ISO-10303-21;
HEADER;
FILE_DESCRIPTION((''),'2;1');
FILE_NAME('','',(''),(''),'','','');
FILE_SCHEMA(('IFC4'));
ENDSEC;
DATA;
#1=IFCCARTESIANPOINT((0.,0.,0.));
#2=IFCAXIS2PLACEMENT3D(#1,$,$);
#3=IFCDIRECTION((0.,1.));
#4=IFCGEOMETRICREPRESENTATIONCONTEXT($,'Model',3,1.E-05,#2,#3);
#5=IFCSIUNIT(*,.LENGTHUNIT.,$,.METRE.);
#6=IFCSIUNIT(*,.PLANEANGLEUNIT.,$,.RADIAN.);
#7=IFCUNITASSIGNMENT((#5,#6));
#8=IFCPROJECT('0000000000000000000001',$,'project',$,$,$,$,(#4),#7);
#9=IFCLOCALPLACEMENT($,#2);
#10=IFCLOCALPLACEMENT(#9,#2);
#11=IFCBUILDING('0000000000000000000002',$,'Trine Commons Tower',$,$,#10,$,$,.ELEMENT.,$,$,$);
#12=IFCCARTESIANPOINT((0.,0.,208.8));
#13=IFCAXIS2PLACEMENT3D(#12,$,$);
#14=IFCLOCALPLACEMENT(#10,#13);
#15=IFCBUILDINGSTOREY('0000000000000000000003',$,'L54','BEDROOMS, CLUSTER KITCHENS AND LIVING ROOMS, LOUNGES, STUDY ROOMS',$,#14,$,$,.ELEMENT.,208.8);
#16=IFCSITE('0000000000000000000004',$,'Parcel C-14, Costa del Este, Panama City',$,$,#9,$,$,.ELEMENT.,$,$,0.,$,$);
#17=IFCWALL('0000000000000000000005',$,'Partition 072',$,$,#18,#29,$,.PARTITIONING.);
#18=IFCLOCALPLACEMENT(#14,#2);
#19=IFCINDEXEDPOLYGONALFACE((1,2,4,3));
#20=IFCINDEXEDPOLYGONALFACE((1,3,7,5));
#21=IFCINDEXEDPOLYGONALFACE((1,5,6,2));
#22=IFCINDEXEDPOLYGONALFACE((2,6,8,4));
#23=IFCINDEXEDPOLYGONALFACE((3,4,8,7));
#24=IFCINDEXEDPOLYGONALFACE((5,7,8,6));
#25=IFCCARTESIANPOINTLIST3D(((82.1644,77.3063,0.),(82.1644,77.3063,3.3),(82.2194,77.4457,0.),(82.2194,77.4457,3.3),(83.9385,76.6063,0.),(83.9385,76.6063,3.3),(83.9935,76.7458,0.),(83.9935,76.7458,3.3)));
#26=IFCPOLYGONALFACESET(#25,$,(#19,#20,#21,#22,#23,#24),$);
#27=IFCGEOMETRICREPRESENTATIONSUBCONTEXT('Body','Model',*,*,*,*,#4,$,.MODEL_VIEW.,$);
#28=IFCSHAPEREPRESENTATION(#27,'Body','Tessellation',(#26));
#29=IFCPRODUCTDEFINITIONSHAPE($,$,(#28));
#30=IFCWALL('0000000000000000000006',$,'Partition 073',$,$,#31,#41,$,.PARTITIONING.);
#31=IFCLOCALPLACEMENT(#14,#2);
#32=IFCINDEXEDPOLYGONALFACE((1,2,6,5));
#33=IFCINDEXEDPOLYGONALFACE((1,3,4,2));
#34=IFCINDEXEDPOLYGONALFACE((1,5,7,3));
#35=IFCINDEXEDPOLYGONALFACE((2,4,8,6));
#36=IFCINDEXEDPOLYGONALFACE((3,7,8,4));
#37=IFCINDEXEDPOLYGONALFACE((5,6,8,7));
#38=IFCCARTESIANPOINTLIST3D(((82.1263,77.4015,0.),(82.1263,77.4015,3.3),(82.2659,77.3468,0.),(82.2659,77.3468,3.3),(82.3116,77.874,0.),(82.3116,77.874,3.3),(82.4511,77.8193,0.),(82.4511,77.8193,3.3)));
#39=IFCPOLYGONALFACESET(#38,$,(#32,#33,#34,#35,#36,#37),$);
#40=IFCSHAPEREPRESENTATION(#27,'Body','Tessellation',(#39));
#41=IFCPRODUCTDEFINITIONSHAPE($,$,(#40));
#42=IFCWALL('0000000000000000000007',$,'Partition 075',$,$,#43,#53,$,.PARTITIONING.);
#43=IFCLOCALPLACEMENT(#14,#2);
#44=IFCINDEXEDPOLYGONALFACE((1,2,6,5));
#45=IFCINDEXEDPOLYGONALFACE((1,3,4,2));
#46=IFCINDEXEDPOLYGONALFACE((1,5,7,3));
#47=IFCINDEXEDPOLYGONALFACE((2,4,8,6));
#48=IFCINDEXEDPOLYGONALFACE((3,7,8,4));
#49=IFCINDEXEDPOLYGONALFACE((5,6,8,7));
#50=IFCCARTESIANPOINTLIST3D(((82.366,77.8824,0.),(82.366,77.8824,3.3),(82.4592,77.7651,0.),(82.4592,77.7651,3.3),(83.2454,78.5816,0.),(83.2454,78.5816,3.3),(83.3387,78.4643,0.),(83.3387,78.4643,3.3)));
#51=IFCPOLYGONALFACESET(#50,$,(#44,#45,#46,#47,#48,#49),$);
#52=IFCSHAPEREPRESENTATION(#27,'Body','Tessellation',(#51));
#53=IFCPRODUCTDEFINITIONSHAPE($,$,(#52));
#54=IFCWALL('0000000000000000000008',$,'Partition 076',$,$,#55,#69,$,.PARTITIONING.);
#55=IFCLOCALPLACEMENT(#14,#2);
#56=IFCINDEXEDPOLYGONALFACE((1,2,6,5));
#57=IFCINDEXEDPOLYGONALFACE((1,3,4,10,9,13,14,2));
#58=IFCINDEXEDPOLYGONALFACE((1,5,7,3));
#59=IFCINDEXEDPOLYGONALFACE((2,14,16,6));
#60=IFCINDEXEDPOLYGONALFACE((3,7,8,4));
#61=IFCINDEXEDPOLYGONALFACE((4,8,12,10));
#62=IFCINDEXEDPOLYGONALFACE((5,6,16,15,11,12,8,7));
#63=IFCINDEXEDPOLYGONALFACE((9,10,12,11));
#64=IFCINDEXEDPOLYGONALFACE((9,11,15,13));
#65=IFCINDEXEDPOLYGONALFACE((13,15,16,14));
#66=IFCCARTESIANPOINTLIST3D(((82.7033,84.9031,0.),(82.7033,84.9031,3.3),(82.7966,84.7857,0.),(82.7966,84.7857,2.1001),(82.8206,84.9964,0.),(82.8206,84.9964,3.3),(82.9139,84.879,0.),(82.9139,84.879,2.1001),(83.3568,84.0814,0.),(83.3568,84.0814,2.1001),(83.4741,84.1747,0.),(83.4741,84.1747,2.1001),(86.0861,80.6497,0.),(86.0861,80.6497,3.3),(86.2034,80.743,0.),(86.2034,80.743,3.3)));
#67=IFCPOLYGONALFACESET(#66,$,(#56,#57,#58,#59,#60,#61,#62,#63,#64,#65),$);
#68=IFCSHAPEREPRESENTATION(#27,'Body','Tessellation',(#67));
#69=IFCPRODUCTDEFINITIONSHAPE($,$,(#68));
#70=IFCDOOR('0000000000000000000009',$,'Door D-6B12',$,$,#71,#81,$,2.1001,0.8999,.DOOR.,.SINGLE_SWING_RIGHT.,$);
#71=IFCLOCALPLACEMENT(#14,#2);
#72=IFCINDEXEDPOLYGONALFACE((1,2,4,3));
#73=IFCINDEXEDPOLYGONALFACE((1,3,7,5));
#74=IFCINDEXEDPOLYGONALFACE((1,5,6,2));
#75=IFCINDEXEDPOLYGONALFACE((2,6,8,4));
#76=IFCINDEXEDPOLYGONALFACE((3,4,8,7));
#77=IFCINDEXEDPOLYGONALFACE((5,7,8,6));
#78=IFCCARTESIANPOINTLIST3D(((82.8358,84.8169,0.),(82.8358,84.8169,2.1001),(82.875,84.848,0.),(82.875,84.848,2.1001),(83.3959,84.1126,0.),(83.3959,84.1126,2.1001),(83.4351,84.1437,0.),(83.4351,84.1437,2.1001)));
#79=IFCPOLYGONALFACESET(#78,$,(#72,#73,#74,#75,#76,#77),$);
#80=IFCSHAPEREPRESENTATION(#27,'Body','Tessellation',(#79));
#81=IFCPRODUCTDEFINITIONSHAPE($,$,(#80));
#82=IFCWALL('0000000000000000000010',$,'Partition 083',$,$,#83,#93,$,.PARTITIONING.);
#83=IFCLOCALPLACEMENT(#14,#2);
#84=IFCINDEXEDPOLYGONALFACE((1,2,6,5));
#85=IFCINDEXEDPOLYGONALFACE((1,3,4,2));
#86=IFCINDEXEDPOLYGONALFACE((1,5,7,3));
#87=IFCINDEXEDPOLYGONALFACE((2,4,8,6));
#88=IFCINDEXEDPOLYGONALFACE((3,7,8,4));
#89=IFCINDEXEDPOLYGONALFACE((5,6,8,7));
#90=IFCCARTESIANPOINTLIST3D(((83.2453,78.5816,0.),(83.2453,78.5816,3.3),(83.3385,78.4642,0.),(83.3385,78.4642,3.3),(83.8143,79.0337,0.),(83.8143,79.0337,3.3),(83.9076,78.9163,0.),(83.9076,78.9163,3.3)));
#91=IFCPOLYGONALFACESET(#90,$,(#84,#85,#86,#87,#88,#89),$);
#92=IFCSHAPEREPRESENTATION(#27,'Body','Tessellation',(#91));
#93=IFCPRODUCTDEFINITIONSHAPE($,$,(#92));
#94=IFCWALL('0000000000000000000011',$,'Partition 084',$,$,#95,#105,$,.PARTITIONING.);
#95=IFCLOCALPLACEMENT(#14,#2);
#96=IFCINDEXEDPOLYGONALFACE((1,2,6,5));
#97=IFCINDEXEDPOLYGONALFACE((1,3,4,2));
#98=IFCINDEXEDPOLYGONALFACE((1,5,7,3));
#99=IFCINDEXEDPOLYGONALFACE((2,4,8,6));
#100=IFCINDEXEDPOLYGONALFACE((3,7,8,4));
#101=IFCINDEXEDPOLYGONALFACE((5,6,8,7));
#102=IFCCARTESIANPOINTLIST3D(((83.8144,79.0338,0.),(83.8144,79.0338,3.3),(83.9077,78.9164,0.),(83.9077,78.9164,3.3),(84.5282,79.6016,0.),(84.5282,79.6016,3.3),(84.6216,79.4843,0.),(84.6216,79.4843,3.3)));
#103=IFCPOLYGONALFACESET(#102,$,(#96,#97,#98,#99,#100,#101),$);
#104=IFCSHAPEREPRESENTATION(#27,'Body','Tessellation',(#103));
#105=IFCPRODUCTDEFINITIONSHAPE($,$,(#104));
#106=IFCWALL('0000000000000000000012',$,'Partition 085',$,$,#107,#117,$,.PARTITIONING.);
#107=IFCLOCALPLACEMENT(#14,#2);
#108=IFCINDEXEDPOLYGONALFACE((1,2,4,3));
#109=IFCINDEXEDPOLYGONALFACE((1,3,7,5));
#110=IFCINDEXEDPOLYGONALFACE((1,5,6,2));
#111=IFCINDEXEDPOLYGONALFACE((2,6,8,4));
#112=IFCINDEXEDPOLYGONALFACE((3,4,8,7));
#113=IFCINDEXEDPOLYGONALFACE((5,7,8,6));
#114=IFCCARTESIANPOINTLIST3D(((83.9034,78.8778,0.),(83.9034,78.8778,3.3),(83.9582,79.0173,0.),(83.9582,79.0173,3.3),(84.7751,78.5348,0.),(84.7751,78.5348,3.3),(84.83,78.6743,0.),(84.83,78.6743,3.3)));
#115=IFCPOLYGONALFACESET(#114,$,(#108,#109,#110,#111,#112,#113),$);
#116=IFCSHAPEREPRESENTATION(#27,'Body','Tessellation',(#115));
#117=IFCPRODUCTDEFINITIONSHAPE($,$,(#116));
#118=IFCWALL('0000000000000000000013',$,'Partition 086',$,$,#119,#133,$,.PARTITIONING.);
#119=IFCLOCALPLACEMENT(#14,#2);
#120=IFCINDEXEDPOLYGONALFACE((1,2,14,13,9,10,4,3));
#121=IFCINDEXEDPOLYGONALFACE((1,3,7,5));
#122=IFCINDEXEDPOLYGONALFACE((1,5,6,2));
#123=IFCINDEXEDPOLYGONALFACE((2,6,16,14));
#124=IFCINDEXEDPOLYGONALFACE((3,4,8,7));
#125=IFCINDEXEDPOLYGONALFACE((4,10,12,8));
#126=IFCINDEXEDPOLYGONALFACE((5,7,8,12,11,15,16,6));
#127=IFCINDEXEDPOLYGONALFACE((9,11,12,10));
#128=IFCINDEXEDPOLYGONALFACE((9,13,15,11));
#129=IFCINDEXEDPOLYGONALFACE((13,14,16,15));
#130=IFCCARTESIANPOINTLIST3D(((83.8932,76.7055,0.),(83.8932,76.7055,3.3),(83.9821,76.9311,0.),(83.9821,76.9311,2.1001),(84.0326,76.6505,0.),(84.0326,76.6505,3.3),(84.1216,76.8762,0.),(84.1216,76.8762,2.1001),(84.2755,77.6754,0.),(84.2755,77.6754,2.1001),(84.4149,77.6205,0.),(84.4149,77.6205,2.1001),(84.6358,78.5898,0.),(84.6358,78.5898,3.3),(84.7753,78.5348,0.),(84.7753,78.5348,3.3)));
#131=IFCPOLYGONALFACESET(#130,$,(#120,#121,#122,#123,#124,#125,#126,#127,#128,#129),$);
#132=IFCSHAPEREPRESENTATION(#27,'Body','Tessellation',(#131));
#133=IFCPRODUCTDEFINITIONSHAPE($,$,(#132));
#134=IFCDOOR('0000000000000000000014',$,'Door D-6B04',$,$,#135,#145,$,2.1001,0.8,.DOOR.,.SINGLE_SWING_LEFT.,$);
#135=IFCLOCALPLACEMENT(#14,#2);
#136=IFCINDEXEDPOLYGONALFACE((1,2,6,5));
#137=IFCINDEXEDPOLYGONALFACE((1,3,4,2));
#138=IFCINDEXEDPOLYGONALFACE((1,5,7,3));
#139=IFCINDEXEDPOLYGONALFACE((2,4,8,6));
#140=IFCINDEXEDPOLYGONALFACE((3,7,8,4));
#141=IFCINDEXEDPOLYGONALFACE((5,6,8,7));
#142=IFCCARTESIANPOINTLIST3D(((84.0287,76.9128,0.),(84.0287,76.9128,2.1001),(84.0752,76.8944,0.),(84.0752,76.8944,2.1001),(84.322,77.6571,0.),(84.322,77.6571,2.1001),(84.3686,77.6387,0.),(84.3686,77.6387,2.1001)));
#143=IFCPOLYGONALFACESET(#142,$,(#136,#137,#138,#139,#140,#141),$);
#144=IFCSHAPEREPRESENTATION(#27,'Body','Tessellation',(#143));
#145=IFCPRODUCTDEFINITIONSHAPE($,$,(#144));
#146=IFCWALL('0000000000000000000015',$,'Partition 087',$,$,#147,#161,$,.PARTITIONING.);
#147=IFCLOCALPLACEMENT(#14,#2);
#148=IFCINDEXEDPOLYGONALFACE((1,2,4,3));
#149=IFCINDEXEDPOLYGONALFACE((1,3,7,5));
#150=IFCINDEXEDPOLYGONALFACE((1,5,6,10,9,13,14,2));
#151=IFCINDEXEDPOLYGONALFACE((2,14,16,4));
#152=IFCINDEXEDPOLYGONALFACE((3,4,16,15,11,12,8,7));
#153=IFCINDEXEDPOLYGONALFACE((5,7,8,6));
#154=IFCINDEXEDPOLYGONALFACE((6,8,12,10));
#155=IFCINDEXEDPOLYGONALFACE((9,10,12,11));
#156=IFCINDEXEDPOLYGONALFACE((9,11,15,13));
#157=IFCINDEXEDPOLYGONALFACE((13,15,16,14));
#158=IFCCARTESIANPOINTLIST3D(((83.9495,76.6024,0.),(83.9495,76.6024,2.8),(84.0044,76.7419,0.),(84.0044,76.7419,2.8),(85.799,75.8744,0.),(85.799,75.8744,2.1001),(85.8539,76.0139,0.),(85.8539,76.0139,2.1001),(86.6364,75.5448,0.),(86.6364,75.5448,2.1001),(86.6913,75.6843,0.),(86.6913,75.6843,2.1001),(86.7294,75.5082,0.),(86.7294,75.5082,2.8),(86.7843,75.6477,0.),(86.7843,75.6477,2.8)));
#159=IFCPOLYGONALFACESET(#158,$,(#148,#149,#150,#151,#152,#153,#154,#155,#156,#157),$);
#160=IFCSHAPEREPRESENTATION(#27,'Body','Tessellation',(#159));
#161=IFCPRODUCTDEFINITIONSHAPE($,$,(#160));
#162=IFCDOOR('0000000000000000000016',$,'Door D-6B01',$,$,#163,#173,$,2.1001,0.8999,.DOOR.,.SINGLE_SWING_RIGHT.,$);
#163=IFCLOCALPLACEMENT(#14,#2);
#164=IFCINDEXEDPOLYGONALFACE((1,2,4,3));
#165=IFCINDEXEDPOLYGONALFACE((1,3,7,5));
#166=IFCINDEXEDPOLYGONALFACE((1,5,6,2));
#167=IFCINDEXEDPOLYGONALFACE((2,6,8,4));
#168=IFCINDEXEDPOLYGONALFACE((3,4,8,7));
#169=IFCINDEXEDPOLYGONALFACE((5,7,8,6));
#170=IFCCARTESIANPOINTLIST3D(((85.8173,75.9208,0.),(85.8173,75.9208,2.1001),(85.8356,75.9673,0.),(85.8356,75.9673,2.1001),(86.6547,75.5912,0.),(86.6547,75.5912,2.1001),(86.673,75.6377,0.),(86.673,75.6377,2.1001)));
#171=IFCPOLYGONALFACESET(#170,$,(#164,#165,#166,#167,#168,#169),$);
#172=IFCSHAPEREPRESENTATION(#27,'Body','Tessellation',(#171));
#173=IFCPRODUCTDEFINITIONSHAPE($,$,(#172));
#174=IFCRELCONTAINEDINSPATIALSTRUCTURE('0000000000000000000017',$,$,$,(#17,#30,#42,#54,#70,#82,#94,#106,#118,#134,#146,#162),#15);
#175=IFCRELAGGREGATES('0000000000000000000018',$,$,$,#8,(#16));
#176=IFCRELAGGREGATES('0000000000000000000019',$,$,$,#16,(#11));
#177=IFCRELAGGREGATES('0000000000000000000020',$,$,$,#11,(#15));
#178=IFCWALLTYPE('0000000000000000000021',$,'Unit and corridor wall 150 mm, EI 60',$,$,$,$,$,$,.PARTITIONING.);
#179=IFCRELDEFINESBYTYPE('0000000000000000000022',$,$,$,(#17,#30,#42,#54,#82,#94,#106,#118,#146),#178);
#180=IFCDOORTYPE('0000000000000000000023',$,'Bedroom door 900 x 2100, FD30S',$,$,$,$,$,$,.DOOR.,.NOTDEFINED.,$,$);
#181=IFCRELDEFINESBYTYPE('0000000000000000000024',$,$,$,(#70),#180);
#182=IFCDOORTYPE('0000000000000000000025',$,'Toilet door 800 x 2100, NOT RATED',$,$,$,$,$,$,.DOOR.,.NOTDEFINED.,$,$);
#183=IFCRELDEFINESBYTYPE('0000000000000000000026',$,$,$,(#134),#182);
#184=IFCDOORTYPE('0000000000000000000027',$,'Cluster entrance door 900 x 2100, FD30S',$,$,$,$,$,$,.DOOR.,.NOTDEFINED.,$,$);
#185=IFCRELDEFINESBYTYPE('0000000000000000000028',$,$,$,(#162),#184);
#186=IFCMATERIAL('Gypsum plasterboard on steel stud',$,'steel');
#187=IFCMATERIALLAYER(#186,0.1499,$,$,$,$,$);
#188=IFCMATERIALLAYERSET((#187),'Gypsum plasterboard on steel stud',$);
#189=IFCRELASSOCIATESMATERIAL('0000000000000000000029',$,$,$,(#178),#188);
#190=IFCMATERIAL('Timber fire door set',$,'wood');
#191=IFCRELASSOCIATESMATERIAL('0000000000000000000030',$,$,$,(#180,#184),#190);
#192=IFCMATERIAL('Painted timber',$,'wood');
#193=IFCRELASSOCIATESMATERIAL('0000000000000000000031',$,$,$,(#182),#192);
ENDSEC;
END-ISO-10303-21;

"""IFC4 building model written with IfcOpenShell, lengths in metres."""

from ifc_helpers import new_model, si_unit, direction, frame, frame_2d, origin, place, context, subcontext, project, spatial, rectangle, extrude, material, layer, layer_set, type_object, element, fill, save


model = new_model("IFC4")

# Units and contexts
model_context = context("Model", 3, precision=1e-05, world=origin(), true_north=direction((0.0, 1.0)))
body_context = subcontext(model_context, "Body", "Model", "MODEL_VIEW")
ifc_project = project(units=[si_unit("LENGTHUNIT", "METRE"), si_unit("PLANEANGLEUNIT", "RADIAN")], contexts=[model_context])

# Site, building, storey
site_placement = place(None, origin())
site = spatial("IfcSite", under=ifc_project, at=site_placement, Name="Parcel C-14, Costa del Este, Panama City", CompositionType="ELEMENT", RefElevation=0.0)
building_placement = place(site_placement, origin())
building = spatial("IfcBuilding", under=site, at=building_placement, Name="Trine Commons Tower", CompositionType="ELEMENT")
storey_placement = place(building_placement, frame((0.0, 0.0, 208.8)))
storey = spatial("IfcBuildingStorey", under=building, at=storey_placement, Name="L54", Description="BEDROOMS, CLUSTER KITCHENS AND LIVING ROOMS, LOUNGES, STUDY ROOMS", CompositionType="ELEMENT", Elevation=208.8)

# Walls
ifc_material_1 = material(Name="Gypsum plasterboard on steel stud", Category="steel")
ifc_layer_1 = layer(ifc_material_1, 0.1499)
ifc_layer_set_1 = layer_set([ifc_layer_1], Name="Gypsum plasterboard on steel stud")
wall_type_1 = type_object("IfcWallType", Name="Unit and corridor wall 150 mm, EI 60", PredefinedType="PARTITIONING", material=ifc_layer_set_1)
wall_1_placement = place(storey_placement, frame((82.1919, 77.376, 0.0), z_axis=(0.0, 0.0, 1.0), x_axis=(0.930223, -0.366995, 0.0)))
element("IfcWall", 1, at=wall_1_placement, inside=storey, type_object=wall_type_1, Name="Partition 072", PredefinedType="PARTITIONING", context=body_context, shape_type="SweptSolid", body=[
    extrude(rectangle(XDim=1.9072, YDim=0.1499, at=frame_2d((0.9536, 0.0))), origin(), (0.0, 0.0, 1.0), 3.3),
])
wall_2_placement = place(storey_placement, frame((82.196, 77.374, 0.0), z_axis=(0.0, 0.0, 1.0), x_axis=(0.364998, 0.931008, 0.0)))
element("IfcWall", 2, at=wall_2_placement, inside=storey, type_object=wall_type_1, Name="Partition 073", PredefinedType="PARTITIONING", context=body_context, shape_type="SweptSolid", body=[
    extrude(rectangle(XDim=0.5076, YDim=0.1499, at=frame_2d((0.2539, 0.0))), origin(), (0.0, 0.0, 1.0), 3.3),
])
wall_3_placement = place(storey_placement, frame((82.4126, 77.8237, 0.0), z_axis=(0.0, 0.0, 1.0), x_axis=(0.782731, 0.62236, 0.0)))
element("IfcWall", 3, at=wall_3_placement, inside=storey, type_object=wall_type_1, Name="Partition 075", PredefinedType="PARTITIONING", context=body_context, shape_type="SweptSolid", body=[
    extrude(rectangle(XDim=1.1235, YDim=0.1499, at=frame_2d((0.5618, 0.0))), origin(), (0.0, 0.0, 1.0), 3.3),
])

# Wall, opening, door
wall_4_placement = place(storey_placement, frame((82.762, 84.9497, 0.0), z_axis=(0.0, 0.0, 1.0), x_axis=(0.622457, -0.782654, 0.0)))
wall_4 = element("IfcWall", 4, at=wall_4_placement, inside=storey, type_object=wall_type_1, Name="Partition 076", PredefinedType="PARTITIONING", context=body_context, shape_type="SweptSolid", body=[
    extrude(rectangle(XDim=5.4346, YDim=0.1499, at=frame_2d((2.7173, 0.0))), origin(), (0.0, 0.0, 1.0), 3.3),
])
opening_1_placement = place(wall_4_placement, frame((0.1499, 0.0, 0.0)))
opening_1 = element("IfcOpeningElement", 5, at=opening_1_placement, cuts=wall_4, PredefinedType="OPENING", context=body_context, shape_type="SweptSolid", body=[
    extrude(rectangle(XDim=0.8999, YDim=2.1001, at=frame_2d((0.45, 1.05))), frame((0.0, 0.085, 0.0), z_axis=(0.0, -1.0, 0.0), x_axis=(1.0, 0.0, 0.0)), (0.0, 0.0, 1.0), 0.1699),
])
ifc_material_2 = material(Name="Timber fire door set", Category="wood")
door_type_1 = type_object("IfcDoorType", Name="Bedroom door 900 x 2100, FD30S", OperationType="NOTDEFINED", PredefinedType="DOOR", material=ifc_material_2)
door_1_placement = place(opening_1_placement, frame((0.8999, 0.0, 0.0), z_axis=(0.0, 0.0, 1.0), x_axis=(-1.0, 0.0, 0.0)))
door_1 = element("IfcDoor", 6, at=door_1_placement, inside=storey, type_object=door_type_1, Name="Door D-6B12", OperationType="SINGLE_SWING_RIGHT", OverallHeight=2.1001, OverallWidth=0.8999, PredefinedType="DOOR", context=body_context, shape_type="SweptSolid", body=[
    extrude(rectangle(XDim=0.8999, YDim=2.1001, at=frame_2d((0.45, 1.05))), frame((0.0, 0.0249, 0.0), z_axis=(0.0, -1.0, 0.0), x_axis=(1.0, 0.0, 0.0)), (0.0, 0.0, 1.0), 0.05),
])
fill(opening_1, door_1)

# Walls
wall_5_placement = place(storey_placement, frame((83.292, 78.5229, 0.0), z_axis=(0.0, 0.0, 1.0), x_axis=(0.782962, 0.62207, 0.0)))
element("IfcWall", 7, at=wall_5_placement, inside=storey, type_object=wall_type_1, Name="Partition 083", PredefinedType="PARTITIONING", context=body_context, shape_type="SweptSolid", body=[
    extrude(rectangle(XDim=0.7268, YDim=0.1499, at=frame_2d((0.3633, 0.0))), origin(), (0.0, 0.0, 1.0), 3.3),
])
wall_6_placement = place(storey_placement, frame((83.8611, 78.9751, 0.0), z_axis=(0.0, 0.0, 1.0), x_axis=(0.782589, 0.622538, 0.0)))
element("IfcWall", 8, at=wall_6_placement, inside=storey, type_object=wall_type_1, Name="Partition 084", PredefinedType="PARTITIONING", context=body_context, shape_type="SweptSolid", body=[
    extrude(rectangle(XDim=0.9121, YDim=0.1499, at=frame_2d((0.4561, 0.0))), origin(), (0.0, 0.0, 1.0), 3.3),
])
wall_7_placement = place(storey_placement, frame((83.9309, 78.9475, 0.0), z_axis=(0.0, 0.0, 1.0), x_axis=(0.930564, -0.366128, 0.0)))
element("IfcWall", 9, at=wall_7_placement, inside=storey, type_object=wall_type_1, Name="Partition 085", PredefinedType="PARTITIONING", context=body_context, shape_type="SweptSolid", body=[
    extrude(rectangle(XDim=0.9368, YDim=0.1499, at=frame_2d((0.4683, 0.0))), origin(), (0.0, 0.0, 1.0), 3.3),
])

# Walls, openings, doors
wall_8_placement = place(storey_placement, frame((83.9629, 76.678, 0.0), z_axis=(0.0, 0.0, 1.0), x_axis=(0.366689, 0.930344, 0.0)))
wall_8 = element("IfcWall", 10, at=wall_8_placement, inside=storey, type_object=wall_type_1, Name="Partition 086", PredefinedType="PARTITIONING", context=body_context, shape_type="SweptSolid", body=[
    extrude(rectangle(XDim=2.0254, YDim=0.1499, at=frame_2d((1.0127, 0.0))), origin(), (0.0, 0.0, 1.0), 3.3),
])
opening_2_placement = place(wall_8_placement, frame((0.2427, 0.0, 0.0)))
opening_2 = element("IfcOpeningElement", 11, at=opening_2_placement, cuts=wall_8, PredefinedType="OPENING", context=body_context, shape_type="SweptSolid", body=[
    extrude(rectangle(XDim=0.8, YDim=2.1001, at=frame_2d((0.3999, 1.05))), frame((0.0, 0.085, 0.0), z_axis=(0.0, -1.0, 0.0), x_axis=(1.0, 0.0, 0.0)), (0.0, 0.0, 1.0), 0.1699),
])
ifc_material_3 = material(Name="Painted timber", Category="wood")
door_type_2 = type_object("IfcDoorType", Name="Toilet door 800 x 2100, NOT RATED", OperationType="NOTDEFINED", PredefinedType="DOOR", material=ifc_material_3)
door_2_placement = place(opening_2_placement, origin())
door_2 = element("IfcDoor", 12, at=door_2_placement, inside=storey, type_object=door_type_2, Name="Door D-6B04", OperationType="SINGLE_SWING_LEFT", OverallHeight=2.1001, OverallWidth=0.8, PredefinedType="DOOR", context=body_context, shape_type="SweptSolid", body=[
    extrude(rectangle(XDim=0.8, YDim=2.1001, at=frame_2d((0.3999, 1.05))), frame((0.0, 0.0249, 0.0), z_axis=(0.0, -1.0, 0.0), x_axis=(1.0, 0.0, 0.0)), (0.0, 0.0, 1.0), 0.05),
])
fill(opening_2, door_2)
wall_9_placement = place(storey_placement, frame((83.9771, 76.6721, 0.0), z_axis=(0.0, 0.0, 1.0), x_axis=(0.930514, -0.366257, 0.0)))
wall_9 = element("IfcWall", 13, at=wall_9_placement, inside=storey, type_object=wall_type_1, Name="Partition 087", PredefinedType="PARTITIONING", context=body_context, shape_type="SweptSolid", body=[
    extrude(rectangle(XDim=2.9875, YDim=0.1499, at=frame_2d((1.4937, 0.0))), origin(), (0.0, 0.0, 1.0), 2.8),
])
opening_3_placement = place(wall_9_placement, frame((1.9875, 0.0, 0.0)))
opening_3 = element("IfcOpeningElement", 14, at=opening_3_placement, cuts=wall_9, PredefinedType="OPENING", context=body_context, shape_type="SweptSolid", body=[
    extrude(rectangle(XDim=0.8999, YDim=2.1001, at=frame_2d((0.45, 1.05))), frame((0.0, 0.085, 0.0), z_axis=(0.0, -1.0, 0.0), x_axis=(1.0, 0.0, 0.0)), (0.0, 0.0, 1.0), 0.1699),
])
door_type_3 = type_object("IfcDoorType", Name="Cluster entrance door 900 x 2100, FD30S", OperationType="NOTDEFINED", PredefinedType="DOOR", material=ifc_material_2)
door_3_placement = place(opening_3_placement, origin())
door_3 = element("IfcDoor", 15, at=door_3_placement, inside=storey, type_object=door_type_3, Name="Door D-6B01", OperationType="SINGLE_SWING_RIGHT", OverallHeight=2.1001, OverallWidth=0.8999, PredefinedType="DOOR", context=body_context, shape_type="SweptSolid", body=[
    extrude(rectangle(XDim=0.8999, YDim=2.1001, at=frame_2d((0.45, 1.05))), frame((0.0, 0.0249, 0.0), z_axis=(0.0, -1.0, 0.0), x_axis=(1.0, 0.0, 0.0)), (0.0, 0.0, 1.0), 0.05),
])
fill(opening_3, door_3)

save(model, "model.ifc")
